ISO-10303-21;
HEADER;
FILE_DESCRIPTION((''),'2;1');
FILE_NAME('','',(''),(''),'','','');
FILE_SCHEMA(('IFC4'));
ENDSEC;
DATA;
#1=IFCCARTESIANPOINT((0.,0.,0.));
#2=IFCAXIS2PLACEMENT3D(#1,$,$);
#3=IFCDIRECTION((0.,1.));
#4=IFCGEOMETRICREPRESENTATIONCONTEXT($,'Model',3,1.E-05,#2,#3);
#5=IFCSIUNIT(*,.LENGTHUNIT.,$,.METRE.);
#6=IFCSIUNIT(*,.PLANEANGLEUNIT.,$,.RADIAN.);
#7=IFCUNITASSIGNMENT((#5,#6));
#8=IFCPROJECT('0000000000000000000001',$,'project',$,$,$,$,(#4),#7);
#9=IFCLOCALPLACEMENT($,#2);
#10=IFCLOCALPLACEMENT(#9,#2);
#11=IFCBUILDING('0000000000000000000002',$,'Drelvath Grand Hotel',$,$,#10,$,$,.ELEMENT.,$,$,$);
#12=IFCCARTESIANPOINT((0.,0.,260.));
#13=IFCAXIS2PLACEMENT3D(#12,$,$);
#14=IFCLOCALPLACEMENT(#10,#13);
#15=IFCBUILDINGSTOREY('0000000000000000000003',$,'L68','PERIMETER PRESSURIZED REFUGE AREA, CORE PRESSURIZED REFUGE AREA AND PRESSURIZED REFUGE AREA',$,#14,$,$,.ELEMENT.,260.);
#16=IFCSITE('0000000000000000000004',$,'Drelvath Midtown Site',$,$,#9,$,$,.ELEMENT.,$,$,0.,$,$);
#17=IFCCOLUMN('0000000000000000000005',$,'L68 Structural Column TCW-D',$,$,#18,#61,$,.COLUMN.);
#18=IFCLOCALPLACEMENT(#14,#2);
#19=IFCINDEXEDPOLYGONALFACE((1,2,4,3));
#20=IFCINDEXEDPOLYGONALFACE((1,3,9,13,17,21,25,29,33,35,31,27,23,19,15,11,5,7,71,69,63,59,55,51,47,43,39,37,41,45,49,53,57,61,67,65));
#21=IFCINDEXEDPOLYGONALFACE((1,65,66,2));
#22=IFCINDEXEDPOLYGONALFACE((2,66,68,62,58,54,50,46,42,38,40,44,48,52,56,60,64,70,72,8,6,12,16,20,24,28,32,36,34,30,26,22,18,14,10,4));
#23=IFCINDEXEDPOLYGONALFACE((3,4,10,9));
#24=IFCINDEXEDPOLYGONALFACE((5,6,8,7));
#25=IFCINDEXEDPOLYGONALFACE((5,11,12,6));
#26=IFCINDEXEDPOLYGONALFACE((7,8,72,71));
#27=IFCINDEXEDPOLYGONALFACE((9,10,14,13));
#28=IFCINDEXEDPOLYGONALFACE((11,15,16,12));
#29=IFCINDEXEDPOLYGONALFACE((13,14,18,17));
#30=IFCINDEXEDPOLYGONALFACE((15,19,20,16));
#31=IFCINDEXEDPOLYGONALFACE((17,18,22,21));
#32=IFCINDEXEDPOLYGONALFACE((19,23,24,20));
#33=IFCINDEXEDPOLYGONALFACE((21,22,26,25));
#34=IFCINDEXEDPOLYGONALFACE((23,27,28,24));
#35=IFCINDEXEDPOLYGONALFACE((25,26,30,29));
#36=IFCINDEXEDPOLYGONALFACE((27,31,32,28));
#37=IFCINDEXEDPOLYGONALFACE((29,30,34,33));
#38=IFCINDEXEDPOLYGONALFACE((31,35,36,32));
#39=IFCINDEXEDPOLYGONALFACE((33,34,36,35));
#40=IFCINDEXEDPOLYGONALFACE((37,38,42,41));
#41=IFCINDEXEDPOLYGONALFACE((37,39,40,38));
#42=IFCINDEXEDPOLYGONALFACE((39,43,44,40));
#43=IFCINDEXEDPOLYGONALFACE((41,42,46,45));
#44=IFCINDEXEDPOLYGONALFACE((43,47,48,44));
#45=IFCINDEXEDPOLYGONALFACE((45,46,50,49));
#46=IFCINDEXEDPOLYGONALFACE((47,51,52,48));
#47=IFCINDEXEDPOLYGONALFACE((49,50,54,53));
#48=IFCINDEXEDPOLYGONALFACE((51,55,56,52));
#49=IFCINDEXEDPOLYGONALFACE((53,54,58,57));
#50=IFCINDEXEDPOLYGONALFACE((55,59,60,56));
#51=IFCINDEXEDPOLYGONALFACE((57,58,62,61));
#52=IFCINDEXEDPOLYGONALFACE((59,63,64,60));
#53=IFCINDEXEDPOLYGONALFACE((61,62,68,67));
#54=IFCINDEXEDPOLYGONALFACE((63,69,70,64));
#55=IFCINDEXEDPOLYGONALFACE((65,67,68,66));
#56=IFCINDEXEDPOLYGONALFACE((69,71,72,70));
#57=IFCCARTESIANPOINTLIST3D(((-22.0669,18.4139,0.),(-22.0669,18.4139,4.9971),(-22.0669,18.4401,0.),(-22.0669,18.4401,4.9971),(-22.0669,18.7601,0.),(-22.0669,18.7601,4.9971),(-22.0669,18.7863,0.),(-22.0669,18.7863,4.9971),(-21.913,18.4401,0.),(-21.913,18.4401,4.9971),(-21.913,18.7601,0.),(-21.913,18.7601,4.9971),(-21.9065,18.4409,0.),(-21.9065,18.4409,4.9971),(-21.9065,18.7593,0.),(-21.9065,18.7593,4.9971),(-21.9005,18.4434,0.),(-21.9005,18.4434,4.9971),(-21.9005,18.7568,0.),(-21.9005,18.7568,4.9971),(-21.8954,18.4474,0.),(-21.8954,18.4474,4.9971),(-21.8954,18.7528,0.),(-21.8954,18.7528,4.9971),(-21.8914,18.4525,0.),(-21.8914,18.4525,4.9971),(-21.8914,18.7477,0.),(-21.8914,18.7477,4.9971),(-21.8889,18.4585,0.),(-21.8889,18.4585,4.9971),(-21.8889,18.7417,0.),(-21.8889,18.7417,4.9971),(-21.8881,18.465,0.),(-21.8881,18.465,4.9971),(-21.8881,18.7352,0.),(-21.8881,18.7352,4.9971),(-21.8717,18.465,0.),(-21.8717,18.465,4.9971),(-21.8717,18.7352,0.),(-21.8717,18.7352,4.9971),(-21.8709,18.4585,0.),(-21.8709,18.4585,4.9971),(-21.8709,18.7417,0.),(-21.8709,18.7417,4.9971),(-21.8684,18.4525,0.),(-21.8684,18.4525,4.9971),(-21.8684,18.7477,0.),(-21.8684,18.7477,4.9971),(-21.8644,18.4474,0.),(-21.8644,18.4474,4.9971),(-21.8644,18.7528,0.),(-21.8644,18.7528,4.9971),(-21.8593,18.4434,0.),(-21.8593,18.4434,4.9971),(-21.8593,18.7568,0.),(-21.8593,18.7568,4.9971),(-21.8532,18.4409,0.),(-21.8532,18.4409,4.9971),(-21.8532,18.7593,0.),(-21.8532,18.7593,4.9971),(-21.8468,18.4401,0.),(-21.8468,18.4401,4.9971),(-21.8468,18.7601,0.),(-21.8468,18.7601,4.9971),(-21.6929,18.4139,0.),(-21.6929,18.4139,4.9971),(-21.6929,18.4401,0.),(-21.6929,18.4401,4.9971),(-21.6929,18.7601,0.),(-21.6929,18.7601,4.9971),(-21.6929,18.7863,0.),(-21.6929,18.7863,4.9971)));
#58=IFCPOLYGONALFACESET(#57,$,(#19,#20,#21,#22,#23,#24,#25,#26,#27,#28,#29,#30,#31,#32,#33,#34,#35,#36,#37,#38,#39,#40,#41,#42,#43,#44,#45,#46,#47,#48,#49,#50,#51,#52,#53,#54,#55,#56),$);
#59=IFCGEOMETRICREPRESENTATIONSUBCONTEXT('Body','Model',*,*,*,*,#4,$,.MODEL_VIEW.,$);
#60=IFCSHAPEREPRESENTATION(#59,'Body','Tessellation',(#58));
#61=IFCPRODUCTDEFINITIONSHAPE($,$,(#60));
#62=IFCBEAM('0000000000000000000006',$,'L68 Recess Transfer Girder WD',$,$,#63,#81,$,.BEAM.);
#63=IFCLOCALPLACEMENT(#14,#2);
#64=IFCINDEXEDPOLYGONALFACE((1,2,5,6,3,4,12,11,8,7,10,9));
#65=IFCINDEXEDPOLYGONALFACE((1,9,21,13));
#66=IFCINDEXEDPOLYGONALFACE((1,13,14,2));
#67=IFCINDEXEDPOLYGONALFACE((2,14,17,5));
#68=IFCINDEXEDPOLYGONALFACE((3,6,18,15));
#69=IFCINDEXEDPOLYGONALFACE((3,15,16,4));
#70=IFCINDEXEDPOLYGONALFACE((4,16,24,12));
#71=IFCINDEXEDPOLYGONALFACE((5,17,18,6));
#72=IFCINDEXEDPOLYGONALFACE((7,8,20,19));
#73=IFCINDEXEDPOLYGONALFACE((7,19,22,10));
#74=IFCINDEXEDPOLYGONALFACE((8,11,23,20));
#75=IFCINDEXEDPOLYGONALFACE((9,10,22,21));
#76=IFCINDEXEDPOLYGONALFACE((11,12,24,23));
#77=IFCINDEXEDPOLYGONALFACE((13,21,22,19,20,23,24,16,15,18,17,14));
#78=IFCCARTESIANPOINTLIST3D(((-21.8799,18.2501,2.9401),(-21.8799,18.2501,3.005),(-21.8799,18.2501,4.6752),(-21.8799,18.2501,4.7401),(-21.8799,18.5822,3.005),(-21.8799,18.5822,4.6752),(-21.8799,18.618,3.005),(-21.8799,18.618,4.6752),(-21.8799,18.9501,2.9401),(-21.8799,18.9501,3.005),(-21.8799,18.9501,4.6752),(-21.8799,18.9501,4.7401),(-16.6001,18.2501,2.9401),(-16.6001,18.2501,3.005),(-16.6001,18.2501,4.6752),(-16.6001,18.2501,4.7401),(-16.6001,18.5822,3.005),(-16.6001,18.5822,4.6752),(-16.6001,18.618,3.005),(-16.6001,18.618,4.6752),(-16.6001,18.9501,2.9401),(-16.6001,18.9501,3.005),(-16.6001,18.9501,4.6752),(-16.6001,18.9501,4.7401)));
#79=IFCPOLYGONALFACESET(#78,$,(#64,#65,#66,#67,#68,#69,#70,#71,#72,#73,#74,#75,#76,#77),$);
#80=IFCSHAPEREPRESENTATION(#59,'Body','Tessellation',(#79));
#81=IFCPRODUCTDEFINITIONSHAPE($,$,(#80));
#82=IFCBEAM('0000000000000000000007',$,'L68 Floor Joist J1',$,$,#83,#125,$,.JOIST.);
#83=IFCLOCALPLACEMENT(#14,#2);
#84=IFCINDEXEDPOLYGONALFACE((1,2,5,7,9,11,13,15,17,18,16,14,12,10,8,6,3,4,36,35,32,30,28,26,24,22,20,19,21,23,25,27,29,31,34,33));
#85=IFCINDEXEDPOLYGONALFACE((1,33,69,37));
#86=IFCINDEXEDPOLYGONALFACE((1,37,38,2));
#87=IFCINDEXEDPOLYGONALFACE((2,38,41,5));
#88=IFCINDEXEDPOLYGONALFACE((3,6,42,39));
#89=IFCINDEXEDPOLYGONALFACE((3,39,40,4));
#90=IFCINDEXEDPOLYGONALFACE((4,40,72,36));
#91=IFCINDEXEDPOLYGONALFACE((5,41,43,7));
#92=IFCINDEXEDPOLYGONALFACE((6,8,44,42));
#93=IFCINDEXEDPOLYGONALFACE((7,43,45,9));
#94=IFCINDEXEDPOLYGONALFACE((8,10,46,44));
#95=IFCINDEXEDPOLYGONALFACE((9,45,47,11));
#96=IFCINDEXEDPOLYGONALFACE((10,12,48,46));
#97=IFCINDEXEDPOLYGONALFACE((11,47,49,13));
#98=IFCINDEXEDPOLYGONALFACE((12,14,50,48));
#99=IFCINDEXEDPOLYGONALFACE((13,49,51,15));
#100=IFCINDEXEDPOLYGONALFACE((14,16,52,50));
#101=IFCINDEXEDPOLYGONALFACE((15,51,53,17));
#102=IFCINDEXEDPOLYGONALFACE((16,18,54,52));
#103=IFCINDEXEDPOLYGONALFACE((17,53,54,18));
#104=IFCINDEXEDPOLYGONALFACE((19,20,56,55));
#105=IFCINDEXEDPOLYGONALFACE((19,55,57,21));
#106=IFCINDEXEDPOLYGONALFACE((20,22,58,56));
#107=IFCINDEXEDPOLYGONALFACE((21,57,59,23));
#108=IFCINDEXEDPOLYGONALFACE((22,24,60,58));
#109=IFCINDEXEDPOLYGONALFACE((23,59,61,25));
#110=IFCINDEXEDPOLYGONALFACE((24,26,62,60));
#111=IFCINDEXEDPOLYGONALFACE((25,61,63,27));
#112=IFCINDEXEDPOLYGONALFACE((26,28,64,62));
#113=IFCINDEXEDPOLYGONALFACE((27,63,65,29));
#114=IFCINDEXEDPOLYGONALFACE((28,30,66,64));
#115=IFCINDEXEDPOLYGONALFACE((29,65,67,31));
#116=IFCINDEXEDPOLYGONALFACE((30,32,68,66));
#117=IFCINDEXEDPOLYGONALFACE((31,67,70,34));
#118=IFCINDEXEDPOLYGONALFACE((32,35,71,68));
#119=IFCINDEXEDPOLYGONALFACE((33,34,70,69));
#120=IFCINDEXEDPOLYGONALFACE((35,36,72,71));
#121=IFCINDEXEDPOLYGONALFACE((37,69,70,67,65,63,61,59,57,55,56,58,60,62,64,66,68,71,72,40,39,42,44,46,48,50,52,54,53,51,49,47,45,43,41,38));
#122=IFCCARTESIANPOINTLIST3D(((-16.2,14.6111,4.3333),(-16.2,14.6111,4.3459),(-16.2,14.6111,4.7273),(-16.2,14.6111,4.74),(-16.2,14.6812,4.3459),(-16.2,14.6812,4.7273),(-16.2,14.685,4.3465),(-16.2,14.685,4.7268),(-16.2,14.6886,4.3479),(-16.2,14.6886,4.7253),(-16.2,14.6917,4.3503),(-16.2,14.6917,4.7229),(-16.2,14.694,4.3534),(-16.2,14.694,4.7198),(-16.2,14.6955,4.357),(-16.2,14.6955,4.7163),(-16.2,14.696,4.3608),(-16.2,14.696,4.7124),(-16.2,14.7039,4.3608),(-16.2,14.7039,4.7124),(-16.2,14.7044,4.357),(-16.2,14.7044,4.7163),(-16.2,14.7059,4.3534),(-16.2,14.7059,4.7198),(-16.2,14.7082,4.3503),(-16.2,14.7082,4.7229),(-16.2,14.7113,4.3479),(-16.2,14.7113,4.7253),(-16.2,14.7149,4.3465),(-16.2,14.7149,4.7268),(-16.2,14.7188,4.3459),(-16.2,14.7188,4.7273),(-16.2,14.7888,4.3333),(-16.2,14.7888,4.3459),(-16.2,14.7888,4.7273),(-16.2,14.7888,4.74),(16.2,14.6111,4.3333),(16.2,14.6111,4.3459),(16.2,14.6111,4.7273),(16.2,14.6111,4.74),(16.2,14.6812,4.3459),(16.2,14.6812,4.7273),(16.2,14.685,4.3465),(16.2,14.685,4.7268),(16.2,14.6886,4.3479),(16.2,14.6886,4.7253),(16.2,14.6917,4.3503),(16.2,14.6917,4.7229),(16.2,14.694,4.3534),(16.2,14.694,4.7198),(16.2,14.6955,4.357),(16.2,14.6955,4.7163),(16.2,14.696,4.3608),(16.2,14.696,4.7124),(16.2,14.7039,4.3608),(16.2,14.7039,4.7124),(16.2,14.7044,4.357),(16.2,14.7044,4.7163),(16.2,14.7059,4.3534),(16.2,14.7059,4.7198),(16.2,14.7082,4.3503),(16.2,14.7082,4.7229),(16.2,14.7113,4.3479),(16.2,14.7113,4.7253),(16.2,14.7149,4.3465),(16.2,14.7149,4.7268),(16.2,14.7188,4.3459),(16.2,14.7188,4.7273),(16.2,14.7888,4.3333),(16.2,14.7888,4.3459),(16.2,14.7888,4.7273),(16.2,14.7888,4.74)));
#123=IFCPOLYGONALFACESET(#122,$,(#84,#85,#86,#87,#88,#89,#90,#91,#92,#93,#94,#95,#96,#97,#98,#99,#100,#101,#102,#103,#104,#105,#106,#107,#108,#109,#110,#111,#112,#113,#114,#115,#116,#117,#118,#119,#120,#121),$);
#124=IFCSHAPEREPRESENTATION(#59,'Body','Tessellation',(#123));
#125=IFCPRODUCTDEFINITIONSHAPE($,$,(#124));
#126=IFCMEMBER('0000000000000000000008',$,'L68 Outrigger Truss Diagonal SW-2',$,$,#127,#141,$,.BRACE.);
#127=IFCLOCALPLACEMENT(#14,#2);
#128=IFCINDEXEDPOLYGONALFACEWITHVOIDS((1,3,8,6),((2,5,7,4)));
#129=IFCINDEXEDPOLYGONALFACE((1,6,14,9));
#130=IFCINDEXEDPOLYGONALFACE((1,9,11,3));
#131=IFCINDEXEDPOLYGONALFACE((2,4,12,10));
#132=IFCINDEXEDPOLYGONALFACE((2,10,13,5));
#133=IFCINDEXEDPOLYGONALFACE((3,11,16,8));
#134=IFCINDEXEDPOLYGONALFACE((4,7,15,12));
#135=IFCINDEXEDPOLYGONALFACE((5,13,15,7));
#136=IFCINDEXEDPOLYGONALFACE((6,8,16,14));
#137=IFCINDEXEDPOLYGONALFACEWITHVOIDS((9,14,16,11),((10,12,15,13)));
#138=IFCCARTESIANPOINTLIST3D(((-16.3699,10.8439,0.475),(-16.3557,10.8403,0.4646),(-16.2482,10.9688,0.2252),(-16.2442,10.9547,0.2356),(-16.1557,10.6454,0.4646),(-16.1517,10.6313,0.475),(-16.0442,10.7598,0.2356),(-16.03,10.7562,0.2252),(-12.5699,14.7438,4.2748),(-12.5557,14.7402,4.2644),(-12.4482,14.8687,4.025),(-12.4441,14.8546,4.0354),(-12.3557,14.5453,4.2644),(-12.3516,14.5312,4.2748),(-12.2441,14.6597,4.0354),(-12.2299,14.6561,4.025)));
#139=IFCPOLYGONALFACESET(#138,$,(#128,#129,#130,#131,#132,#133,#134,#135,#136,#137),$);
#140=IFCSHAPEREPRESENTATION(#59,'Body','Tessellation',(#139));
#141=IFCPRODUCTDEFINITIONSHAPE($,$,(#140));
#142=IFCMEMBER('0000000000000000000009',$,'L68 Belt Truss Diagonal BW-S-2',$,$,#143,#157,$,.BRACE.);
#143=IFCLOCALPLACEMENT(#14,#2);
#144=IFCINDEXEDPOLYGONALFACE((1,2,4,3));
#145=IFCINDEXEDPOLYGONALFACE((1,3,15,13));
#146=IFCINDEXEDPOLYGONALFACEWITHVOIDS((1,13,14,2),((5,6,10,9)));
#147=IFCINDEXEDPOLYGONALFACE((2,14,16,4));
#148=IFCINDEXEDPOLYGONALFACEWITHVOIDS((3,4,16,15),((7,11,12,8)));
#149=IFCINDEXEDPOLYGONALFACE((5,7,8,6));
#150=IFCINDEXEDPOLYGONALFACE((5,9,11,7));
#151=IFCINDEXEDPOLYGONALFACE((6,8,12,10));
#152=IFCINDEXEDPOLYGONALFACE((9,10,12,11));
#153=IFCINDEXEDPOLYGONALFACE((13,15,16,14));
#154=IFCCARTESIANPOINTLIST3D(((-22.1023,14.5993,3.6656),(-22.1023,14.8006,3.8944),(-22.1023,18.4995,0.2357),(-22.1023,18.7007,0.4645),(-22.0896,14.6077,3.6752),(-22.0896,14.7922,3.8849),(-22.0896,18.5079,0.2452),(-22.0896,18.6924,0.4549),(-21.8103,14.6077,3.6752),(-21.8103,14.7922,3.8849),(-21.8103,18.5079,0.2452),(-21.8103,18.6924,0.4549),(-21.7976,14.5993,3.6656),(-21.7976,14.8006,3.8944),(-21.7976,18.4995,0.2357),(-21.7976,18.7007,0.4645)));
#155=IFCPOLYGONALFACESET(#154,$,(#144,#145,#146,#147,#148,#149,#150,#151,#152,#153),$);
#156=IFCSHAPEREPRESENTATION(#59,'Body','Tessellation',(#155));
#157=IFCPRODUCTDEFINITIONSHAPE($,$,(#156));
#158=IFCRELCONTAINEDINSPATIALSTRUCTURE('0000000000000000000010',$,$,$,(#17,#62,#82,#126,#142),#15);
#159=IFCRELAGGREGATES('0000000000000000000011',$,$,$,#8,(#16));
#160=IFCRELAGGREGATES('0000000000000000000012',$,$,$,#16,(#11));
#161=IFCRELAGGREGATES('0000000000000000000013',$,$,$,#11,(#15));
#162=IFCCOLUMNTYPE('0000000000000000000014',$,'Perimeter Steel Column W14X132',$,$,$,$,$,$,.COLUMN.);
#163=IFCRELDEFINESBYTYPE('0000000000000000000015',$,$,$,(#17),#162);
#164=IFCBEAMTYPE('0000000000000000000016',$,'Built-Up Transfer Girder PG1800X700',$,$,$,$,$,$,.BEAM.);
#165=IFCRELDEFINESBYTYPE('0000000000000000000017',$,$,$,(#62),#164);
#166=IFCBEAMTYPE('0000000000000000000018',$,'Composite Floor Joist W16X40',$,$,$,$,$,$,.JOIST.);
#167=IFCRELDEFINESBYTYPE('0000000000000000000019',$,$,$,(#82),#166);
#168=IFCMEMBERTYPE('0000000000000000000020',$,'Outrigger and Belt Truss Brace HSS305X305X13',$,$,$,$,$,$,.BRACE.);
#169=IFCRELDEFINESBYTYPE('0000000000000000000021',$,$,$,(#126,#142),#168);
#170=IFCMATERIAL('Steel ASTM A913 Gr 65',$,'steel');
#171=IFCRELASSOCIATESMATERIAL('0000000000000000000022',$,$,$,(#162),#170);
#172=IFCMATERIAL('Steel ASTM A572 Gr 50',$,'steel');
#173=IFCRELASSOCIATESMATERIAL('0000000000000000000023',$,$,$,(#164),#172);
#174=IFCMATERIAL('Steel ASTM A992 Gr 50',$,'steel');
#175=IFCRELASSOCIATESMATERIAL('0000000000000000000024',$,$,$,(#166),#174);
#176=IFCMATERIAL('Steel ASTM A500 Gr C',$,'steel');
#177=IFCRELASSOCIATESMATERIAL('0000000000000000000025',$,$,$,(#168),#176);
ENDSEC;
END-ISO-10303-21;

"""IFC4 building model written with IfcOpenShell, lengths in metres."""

from ifc_helpers import new_model, si_unit, direction, frame, origin, origin_2d, place, context, subcontext, project, spatial, hollow_rectangle, i_section, extrude, material, material_profile, profile_set, type_object, element, save


model = new_model("IFC4")

# Units and contexts
model_context = context("Model", 3, precision=1e-05, world=origin(), true_north=direction((0.0, 1.0)))
body_context = subcontext(model_context, "Body", "Model", "MODEL_VIEW")
ifc_project = project(units=[si_unit("LENGTHUNIT", "METRE"), si_unit("PLANEANGLEUNIT", "RADIAN")], contexts=[model_context])

# Site, building, storey
site_placement = place(None, origin())
site = spatial("IfcSite", under=ifc_project, at=site_placement, Name="Drelvath Midtown Site", CompositionType="ELEMENT", RefElevation=0.0)
building_placement = place(site_placement, origin())
building = spatial("IfcBuilding", under=site, at=building_placement, Name="Drelvath Grand Hotel", CompositionType="ELEMENT")
storey_placement = place(building_placement, frame((0.0, 0.0, 260.0)))
storey = spatial("IfcBuildingStorey", under=building, at=storey_placement, Name="L68", Description="PERIMETER PRESSURIZED REFUGE AREA, CORE PRESSURIZED REFUGE AREA AND PRESSURIZED REFUGE AREA", CompositionType="ELEMENT", Elevation=260.0)

# Column
ifc_material_1 = material(Name="Steel ASTM A913 Gr 65", Category="steel")
ifc_material_profile_1 = material_profile(ifc_material_1, i_section(OverallWidth=0.374, OverallDepth=0.3723, WebThickness=0.0164, FlangeThickness=0.0261, FilletRadius=0.0249, at=origin_2d()), Name="W14X132")
ifc_profile_set_1 = profile_set([ifc_material_profile_1], Name="Steel ASTM A913 Gr 65")
column_type = type_object("IfcColumnType", Name="Perimeter Steel Column W14X132", PredefinedType="COLUMN", material=ifc_profile_set_1)
column_placement = place(storey_placement, frame((-21.8799, 18.6001, 0.0), z_axis=(0.0, 0.0, 1.0), x_axis=(1.0, 0.0, 0.0)))
element("IfcColumn", 1, at=column_placement, inside=storey, type_object=column_type, Name="L68 Structural Column TCW-D", PredefinedType="COLUMN", context=body_context, shape_type="SweptSolid", body=[
    extrude(i_section(OverallWidth=0.374, OverallDepth=0.3723, WebThickness=0.0164, FlangeThickness=0.0261, FilletRadius=0.0249, at=origin_2d()), origin(), (0.0, 0.0, 1.0), 4.9971),
])

# Beams
ifc_material_2 = material(Name="Steel ASTM A572 Gr 50", Category="steel")
ifc_material_profile_2 = material_profile(ifc_material_2, i_section(OverallWidth=0.7, OverallDepth=1.8, WebThickness=0.0359, FlangeThickness=0.0649, at=origin_2d()), Name="PG1800X700")
ifc_profile_set_2 = profile_set([ifc_material_profile_2], Name="Steel ASTM A572 Gr 50")
beam_type_1 = type_object("IfcBeamType", Name="Built-Up Transfer Girder PG1800X700", PredefinedType="BEAM", material=ifc_profile_set_2)
beam_1_placement = place(storey_placement, frame((-21.8799, 18.6001, 3.8401), z_axis=(1.0, 0.0, 0.0), x_axis=(0.0, 1.0, 0.0)))
element("IfcBeam", 2, at=beam_1_placement, inside=storey, type_object=beam_type_1, Name="L68 Recess Transfer Girder WD", PredefinedType="BEAM", context=body_context, shape_type="SweptSolid", body=[
    extrude(i_section(OverallWidth=0.7, OverallDepth=1.8, WebThickness=0.0359, FlangeThickness=0.0649, at=origin_2d()), origin(), (0.0, 0.0, 1.0), 5.2798),
])
ifc_material_3 = material(Name="Steel ASTM A992 Gr 50", Category="steel")
ifc_material_profile_3 = material_profile(ifc_material_3, i_section(OverallWidth=0.1777, OverallDepth=0.4067, WebThickness=0.0078, FlangeThickness=0.0127, FilletRadius=0.0149, at=origin_2d()), Name="W16X40")
ifc_profile_set_3 = profile_set([ifc_material_profile_3], Name="Steel ASTM A992 Gr 50")
beam_type_2 = type_object("IfcBeamType", Name="Composite Floor Joist W16X40", PredefinedType="JOIST", material=ifc_profile_set_3)
beam_2_placement = place(storey_placement, frame((-16.2, 14.7, 4.5366), z_axis=(1.0, 0.0, 0.0), x_axis=(0.0, 1.0, 0.0)))
element("IfcBeam", 3, at=beam_2_placement, inside=storey, type_object=beam_type_2, Name="L68 Floor Joist J1", PredefinedType="JOIST", context=body_context, shape_type="SweptSolid", body=[
    extrude(i_section(OverallWidth=0.1777, OverallDepth=0.4067, WebThickness=0.0078, FlangeThickness=0.0127, FilletRadius=0.0149, at=origin_2d()), origin(), (0.0, 0.0, 1.0), 32.3999),
])

# Members
ifc_material_4 = material(Name="Steel ASTM A500 Gr C", Category="steel")
ifc_material_profile_4 = material_profile(ifc_material_4, hollow_rectangle(XDim=0.3047, YDim=0.3047, WallThickness=0.0127, at=origin_2d()), Name="HSS305X305X13")
ifc_profile_set_4 = profile_set([ifc_material_profile_4], Name="Steel ASTM A500 Gr C")
member_type = type_object("IfcMemberType", Name="Outrigger and Belt Truss Brace HSS305X305X13", PredefinedType="BRACE", material=ifc_profile_set_4)
member_1_placement = place(storey_placement, frame((-12.3999, 14.7, 4.1499), z_axis=(-0.572306, -0.587345, -0.572269), x_axis=(0.716216, -0.697878, 0.0)))
element("IfcMember", 4, at=member_1_placement, inside=storey, type_object=member_type, Name="L68 Outrigger Truss Diagonal SW-2", PredefinedType="BRACE", context=body_context, shape_type="SweptSolid", body=[
    extrude(hollow_rectangle(XDim=0.3047, YDim=0.3047, WallThickness=0.0127, at=origin_2d()), origin(), (0.0, 0.0, 1.0), 6.6399),
])
member_2_placement = place(storey_placement, frame((-21.95, 14.7, 3.78), z_axis=(0.0, 0.750923, -0.660389), x_axis=(-1.0, 0.0, 0.0)))
element("IfcMember", 5, at=member_2_placement, inside=storey, type_object=member_type, Name="L68 Belt Truss Diagonal BW-S-2", PredefinedType="BRACE", context=body_context, shape_type="SweptSolid", body=[
    extrude(hollow_rectangle(XDim=0.3047, YDim=0.3047, WallThickness=0.0127, at=origin_2d()), origin(), (0.0, 0.0, 1.0), 5.1938),
])

save(model, "model.ifc")
